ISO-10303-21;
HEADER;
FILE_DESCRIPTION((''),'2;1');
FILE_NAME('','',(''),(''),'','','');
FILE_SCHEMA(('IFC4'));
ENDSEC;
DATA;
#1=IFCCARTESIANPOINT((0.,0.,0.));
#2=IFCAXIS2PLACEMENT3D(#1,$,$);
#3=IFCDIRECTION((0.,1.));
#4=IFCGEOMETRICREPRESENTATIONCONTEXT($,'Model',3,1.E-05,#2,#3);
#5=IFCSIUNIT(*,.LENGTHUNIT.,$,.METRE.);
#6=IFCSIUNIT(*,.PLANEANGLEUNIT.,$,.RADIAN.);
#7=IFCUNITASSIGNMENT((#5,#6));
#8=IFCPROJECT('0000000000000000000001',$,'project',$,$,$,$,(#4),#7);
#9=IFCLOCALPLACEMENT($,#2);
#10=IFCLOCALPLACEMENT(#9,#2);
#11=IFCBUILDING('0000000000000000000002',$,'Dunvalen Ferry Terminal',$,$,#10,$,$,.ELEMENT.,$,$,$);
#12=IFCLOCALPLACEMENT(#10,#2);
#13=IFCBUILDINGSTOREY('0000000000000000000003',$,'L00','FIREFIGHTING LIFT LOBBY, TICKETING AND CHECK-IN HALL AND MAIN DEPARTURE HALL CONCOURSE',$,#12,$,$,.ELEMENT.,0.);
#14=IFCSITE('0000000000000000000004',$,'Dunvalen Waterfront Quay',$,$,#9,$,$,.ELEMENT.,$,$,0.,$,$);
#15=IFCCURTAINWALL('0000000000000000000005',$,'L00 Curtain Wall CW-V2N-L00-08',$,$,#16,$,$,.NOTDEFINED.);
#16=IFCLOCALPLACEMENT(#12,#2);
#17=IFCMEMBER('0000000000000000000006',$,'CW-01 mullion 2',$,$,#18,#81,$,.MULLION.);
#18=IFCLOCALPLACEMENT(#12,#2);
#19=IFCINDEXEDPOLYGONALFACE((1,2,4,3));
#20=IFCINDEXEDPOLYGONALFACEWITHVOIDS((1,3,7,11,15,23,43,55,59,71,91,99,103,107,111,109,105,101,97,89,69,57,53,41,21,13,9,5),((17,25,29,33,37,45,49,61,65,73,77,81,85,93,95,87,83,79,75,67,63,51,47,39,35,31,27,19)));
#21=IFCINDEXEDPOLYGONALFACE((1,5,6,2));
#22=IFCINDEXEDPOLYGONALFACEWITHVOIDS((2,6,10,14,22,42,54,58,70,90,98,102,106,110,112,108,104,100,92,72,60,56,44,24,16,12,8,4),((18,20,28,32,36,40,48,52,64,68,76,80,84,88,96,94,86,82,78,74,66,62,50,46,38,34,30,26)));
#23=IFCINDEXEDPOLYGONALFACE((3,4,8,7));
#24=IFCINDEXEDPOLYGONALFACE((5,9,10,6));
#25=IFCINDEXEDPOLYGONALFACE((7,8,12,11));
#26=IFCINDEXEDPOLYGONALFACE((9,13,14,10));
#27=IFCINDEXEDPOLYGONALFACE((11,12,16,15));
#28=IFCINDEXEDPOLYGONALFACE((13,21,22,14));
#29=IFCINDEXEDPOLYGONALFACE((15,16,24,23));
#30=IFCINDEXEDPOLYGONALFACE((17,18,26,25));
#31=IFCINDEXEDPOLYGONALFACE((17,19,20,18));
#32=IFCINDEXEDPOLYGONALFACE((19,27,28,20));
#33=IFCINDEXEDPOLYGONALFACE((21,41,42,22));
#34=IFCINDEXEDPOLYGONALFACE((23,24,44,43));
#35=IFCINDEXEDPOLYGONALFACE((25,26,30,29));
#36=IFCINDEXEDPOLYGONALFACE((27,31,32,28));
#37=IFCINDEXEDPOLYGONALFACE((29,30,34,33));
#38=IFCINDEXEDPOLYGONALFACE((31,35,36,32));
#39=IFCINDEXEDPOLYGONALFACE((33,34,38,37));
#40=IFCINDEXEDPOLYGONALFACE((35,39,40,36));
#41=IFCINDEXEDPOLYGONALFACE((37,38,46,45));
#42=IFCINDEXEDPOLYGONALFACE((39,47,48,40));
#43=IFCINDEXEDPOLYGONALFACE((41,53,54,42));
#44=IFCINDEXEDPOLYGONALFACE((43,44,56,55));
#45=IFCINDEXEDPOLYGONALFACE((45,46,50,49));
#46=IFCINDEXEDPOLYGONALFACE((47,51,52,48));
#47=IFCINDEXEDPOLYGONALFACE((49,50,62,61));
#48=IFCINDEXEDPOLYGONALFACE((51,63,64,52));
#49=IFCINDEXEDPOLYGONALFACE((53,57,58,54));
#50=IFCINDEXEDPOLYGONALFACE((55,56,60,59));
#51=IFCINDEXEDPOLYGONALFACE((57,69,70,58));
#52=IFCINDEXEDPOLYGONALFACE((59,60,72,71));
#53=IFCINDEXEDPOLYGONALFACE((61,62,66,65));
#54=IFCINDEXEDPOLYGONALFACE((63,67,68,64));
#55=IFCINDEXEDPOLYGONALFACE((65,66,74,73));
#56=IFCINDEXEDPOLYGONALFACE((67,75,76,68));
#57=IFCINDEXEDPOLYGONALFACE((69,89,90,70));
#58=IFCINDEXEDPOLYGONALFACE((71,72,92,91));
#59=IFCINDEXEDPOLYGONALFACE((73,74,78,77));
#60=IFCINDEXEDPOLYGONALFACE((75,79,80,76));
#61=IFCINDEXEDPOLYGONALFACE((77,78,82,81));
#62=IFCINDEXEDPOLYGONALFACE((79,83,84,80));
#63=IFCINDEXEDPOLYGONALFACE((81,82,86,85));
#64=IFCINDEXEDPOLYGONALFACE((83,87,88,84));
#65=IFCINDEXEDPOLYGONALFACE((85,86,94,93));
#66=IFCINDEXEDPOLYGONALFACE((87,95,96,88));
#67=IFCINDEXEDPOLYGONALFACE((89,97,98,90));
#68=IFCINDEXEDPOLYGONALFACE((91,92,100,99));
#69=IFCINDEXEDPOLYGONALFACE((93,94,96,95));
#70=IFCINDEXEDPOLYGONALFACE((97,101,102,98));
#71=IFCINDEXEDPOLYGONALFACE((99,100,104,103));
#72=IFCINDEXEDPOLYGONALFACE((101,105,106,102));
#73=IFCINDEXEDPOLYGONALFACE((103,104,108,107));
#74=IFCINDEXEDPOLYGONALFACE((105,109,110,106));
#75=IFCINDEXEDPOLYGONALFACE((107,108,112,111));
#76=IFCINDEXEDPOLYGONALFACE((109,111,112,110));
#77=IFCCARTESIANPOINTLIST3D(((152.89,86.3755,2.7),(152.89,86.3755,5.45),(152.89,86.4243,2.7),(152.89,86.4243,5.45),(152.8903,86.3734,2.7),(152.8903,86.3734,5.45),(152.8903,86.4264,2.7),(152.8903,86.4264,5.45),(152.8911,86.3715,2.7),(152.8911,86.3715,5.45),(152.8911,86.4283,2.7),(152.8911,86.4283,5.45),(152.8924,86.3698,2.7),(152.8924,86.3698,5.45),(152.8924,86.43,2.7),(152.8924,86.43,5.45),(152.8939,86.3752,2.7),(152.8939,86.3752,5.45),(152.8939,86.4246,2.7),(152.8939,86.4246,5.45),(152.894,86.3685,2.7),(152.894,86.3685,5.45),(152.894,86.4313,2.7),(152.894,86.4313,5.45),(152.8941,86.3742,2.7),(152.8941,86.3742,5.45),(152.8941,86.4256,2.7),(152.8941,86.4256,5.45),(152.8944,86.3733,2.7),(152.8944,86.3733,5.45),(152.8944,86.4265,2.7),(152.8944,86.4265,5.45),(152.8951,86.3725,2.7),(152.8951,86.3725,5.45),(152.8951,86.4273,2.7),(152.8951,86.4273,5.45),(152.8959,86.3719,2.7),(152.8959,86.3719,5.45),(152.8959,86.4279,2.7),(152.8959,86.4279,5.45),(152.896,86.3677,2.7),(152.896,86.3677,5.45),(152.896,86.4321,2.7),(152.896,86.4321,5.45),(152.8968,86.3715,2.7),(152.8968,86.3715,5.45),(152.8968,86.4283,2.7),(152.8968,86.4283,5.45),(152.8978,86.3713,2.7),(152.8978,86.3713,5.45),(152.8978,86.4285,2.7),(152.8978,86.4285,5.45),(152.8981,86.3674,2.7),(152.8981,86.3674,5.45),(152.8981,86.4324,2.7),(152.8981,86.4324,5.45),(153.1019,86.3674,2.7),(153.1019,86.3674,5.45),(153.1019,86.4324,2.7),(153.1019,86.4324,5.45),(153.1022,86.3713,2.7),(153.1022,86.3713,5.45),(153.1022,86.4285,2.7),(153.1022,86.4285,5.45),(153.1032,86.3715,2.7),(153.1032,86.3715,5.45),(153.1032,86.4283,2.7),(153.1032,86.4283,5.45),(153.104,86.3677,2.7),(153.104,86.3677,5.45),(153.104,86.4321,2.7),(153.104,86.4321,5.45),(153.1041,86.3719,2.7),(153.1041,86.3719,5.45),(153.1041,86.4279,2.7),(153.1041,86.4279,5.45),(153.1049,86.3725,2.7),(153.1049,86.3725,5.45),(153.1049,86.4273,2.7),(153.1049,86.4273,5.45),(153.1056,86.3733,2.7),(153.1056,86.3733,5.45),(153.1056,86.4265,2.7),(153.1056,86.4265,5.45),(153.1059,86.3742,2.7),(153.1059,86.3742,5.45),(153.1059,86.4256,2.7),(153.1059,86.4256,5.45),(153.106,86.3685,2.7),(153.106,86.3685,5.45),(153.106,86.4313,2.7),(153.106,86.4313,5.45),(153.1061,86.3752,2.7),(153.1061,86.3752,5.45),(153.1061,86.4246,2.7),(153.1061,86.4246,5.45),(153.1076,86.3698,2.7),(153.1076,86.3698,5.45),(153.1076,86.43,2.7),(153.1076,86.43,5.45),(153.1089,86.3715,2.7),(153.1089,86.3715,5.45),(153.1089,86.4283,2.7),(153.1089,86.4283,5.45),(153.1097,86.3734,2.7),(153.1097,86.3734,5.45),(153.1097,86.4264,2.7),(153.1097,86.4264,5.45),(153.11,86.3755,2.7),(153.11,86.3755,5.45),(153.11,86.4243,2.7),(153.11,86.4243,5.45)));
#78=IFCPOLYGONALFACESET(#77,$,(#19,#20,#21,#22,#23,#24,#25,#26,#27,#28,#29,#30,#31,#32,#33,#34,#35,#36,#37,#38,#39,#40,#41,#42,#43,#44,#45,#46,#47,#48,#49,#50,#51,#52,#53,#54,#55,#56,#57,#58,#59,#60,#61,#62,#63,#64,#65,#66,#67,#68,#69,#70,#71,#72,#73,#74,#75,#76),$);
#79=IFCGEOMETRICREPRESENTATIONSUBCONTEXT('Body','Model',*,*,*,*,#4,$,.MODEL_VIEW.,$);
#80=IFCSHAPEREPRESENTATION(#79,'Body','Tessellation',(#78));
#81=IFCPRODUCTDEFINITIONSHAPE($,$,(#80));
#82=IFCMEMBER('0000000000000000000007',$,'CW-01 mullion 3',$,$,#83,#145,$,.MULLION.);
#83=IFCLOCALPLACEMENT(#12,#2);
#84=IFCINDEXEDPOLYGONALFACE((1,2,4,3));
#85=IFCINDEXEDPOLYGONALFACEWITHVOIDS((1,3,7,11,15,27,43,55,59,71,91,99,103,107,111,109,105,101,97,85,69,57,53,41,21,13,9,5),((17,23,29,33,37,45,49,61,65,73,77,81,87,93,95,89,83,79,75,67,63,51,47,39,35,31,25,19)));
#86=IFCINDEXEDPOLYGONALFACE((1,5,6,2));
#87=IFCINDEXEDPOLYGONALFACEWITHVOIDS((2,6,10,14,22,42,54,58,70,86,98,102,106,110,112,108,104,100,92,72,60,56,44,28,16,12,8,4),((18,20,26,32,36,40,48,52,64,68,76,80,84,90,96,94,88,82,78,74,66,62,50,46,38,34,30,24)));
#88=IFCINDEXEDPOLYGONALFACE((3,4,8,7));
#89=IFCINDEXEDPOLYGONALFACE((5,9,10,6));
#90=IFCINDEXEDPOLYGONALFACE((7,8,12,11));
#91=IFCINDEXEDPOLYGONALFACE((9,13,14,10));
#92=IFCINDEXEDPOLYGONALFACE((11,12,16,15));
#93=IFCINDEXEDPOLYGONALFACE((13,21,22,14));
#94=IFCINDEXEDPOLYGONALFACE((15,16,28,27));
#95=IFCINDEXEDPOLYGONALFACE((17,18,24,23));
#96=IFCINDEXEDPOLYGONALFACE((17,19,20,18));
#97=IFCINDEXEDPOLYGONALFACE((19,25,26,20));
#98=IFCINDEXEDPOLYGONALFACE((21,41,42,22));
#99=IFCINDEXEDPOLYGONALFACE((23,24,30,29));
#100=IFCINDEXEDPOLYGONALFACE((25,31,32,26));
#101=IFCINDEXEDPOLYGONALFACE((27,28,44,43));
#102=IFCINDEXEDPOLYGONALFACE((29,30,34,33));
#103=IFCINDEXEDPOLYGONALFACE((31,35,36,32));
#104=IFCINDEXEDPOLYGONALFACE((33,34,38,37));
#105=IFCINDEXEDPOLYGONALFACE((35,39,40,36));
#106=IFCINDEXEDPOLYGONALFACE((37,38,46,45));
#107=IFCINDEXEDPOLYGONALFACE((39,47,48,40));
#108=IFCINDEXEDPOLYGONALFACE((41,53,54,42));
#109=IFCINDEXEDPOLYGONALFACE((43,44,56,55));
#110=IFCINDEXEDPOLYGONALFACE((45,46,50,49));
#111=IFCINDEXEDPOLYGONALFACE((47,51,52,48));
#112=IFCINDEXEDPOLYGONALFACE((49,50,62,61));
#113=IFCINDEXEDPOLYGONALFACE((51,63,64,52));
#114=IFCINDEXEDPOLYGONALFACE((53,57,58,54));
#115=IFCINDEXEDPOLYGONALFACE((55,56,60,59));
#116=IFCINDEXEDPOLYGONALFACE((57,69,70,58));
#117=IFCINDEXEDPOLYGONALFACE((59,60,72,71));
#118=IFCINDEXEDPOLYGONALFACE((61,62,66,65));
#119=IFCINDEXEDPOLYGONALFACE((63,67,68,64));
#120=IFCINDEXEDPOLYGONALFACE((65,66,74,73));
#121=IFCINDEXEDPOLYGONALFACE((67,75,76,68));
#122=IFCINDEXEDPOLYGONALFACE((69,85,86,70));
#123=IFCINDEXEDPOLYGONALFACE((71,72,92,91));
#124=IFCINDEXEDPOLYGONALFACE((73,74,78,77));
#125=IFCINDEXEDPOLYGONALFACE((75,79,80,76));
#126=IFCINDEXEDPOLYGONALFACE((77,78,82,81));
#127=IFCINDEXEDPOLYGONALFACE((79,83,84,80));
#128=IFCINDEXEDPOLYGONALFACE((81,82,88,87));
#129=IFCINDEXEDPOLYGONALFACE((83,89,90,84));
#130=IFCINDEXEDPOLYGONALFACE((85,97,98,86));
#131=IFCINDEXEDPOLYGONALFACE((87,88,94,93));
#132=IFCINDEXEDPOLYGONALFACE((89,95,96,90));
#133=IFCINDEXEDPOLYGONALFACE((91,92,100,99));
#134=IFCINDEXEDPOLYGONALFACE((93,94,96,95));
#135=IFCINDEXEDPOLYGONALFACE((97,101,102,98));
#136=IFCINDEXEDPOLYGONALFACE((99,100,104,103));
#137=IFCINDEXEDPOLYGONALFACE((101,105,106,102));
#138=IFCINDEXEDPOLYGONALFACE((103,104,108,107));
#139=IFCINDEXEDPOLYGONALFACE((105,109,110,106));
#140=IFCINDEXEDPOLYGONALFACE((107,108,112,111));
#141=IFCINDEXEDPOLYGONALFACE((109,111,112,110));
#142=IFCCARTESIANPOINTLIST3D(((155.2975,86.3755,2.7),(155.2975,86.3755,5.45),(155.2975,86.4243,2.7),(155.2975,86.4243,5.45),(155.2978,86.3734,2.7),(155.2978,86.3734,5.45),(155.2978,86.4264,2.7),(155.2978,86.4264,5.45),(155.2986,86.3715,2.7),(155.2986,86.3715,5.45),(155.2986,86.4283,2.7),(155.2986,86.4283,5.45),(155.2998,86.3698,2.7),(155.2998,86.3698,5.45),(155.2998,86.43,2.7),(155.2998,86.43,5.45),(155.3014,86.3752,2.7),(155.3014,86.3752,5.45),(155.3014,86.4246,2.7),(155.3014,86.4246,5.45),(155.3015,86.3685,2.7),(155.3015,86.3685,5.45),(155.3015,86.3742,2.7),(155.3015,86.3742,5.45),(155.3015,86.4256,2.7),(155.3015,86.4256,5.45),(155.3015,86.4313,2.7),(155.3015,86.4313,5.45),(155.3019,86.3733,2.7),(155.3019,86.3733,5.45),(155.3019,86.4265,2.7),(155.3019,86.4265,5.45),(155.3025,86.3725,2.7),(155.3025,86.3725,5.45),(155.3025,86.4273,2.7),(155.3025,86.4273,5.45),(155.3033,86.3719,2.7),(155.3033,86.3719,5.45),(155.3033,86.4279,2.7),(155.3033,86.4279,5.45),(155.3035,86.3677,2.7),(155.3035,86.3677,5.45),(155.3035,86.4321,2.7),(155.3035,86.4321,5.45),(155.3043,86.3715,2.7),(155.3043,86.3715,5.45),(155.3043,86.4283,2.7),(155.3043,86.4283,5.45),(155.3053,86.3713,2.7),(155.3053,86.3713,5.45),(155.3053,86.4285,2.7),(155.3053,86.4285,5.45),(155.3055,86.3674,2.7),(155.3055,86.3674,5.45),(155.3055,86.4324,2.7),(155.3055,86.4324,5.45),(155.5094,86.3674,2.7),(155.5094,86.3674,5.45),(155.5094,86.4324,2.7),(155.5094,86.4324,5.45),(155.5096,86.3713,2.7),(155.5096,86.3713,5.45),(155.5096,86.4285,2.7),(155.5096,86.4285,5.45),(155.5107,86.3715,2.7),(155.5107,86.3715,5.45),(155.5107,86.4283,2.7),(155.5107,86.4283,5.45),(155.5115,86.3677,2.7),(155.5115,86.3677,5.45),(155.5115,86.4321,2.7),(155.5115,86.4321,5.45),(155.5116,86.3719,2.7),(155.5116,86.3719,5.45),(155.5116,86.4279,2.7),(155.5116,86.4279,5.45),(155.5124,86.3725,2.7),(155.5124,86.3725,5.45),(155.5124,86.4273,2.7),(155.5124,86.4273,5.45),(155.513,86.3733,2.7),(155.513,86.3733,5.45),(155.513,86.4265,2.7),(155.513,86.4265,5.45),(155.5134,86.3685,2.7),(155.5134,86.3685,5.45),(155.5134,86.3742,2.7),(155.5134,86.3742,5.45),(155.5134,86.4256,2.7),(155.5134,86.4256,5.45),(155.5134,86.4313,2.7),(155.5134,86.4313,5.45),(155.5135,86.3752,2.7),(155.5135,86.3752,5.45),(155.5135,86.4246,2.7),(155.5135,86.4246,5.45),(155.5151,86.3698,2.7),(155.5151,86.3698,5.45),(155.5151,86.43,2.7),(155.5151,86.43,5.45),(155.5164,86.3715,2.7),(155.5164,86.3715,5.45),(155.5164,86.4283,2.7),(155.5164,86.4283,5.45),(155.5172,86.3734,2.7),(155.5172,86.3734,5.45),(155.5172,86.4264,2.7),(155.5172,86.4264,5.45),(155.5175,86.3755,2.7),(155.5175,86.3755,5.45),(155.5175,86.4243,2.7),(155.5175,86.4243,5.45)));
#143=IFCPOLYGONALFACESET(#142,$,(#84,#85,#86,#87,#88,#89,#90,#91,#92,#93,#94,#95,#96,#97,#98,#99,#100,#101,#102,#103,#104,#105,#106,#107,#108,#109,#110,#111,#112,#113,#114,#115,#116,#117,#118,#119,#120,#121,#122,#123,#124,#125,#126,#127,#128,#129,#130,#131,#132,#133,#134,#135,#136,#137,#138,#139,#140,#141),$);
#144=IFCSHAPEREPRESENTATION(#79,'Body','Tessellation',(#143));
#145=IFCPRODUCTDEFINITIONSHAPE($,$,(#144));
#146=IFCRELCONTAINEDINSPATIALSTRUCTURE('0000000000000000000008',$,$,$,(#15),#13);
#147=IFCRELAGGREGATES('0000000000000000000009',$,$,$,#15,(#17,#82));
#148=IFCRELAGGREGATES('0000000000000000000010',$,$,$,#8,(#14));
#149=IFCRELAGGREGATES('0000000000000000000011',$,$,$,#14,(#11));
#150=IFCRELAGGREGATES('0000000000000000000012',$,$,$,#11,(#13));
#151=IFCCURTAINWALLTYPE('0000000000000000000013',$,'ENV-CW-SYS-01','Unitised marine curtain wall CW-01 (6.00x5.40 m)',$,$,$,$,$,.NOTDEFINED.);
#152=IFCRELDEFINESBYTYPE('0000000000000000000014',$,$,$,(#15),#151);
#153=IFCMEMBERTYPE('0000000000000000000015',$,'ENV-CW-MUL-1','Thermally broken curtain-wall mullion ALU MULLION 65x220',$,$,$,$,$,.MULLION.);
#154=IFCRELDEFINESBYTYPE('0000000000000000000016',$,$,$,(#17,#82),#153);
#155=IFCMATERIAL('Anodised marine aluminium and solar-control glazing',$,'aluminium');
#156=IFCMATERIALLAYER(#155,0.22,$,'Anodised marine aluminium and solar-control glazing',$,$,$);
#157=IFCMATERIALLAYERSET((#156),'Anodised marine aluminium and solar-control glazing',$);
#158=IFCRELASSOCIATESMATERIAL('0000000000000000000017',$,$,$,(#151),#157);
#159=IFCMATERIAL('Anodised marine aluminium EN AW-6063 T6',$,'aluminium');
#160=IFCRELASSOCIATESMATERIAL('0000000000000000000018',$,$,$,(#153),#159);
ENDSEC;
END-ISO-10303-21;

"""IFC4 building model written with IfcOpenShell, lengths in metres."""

from ifc_helpers import new_model, si_unit, direction, frame, origin, origin_2d, place, context, subcontext, project, spatial, hollow_rectangle, extrude, material, layer, layer_set, material_profile, profile_set, type_object, element, aggregate, save


model = new_model("IFC4")

# Units and contexts
model_context = context("Model", 3, precision=1e-05, world=origin(), true_north=direction((0.0, 1.0)))
body_context = subcontext(model_context, "Body", "Model", "MODEL_VIEW")
ifc_project = project(units=[si_unit("LENGTHUNIT", "METRE"), si_unit("PLANEANGLEUNIT", "RADIAN")], contexts=[model_context])

# Site, building, storey
site_placement = place(None, origin())
site = spatial("IfcSite", under=ifc_project, at=site_placement, Name="Dunvalen Waterfront Quay", CompositionType="ELEMENT", RefElevation=0.0)
building_placement = place(site_placement, origin())
building = spatial("IfcBuilding", under=site, at=building_placement, Name="Dunvalen Ferry Terminal", CompositionType="ELEMENT")
storey_placement = place(building_placement, origin())
storey = spatial("IfcBuildingStorey", under=building, at=storey_placement, Name="L00", Description="FIREFIGHTING LIFT LOBBY, TICKETING AND CHECK-IN HALL AND MAIN DEPARTURE HALL CONCOURSE", CompositionType="ELEMENT", Elevation=0.0)

# Curtain wall, members
ifc_material_1 = material(Name="Anodised marine aluminium and solar-control glazing", Category="aluminium")
ifc_layer_1 = layer(ifc_material_1, 0.22, Name="Anodised marine aluminium and solar-control glazing")
ifc_layer_set_1 = layer_set([ifc_layer_1], Name="Anodised marine aluminium and solar-control glazing")
curtain_wall_type_1 = type_object("IfcCurtainWallType", Name="ENV-CW-SYS-01", Description="Unitised marine curtain wall CW-01 (6.00x5.40 m)", PredefinedType="NOTDEFINED", material=ifc_layer_set_1)
curtain_wall_1_placement = place(storey_placement, origin())
curtain_wall_1 = element("IfcCurtainWall", 1, at=curtain_wall_1_placement, inside=storey, type_object=curtain_wall_type_1, Name="L00 Curtain Wall CW-V2N-L00-08", PredefinedType="NOTDEFINED")
ifc_material_2 = material(Name="Anodised marine aluminium EN AW-6063 T6", Category="aluminium")
ifc_material_profile_1 = material_profile(ifc_material_2, hollow_rectangle(XDim=0.0649, YDim=0.22, WallThickness=0.0039, InnerFilletRadius=0.0039, OuterFilletRadius=0.0081, at=origin_2d()), Name="Anodised marine aluminium EN AW-6063 T6")
ifc_profile_set_1 = profile_set([ifc_material_profile_1], Name="Anodised marine aluminium EN AW-6063 T6")
member_type_1 = type_object("IfcMemberType", Name="ENV-CW-MUL-1", Description="Thermally broken curtain-wall mullion ALU MULLION 65x220", PredefinedType="MULLION", material=ifc_profile_set_1)
member_1_placement = place(storey_placement, frame((153.0, 86.3999, 2.7), z_axis=(0.0, 0.0, 1.0), x_axis=(0.0, 1.0, 0.0)))
member_1 = element("IfcMember", 2, at=member_1_placement, type_object=member_type_1, Name="CW-01 mullion 2", PredefinedType="MULLION", context=body_context, shape_type="SweptSolid", body=[
    extrude(hollow_rectangle(XDim=0.0649, YDim=0.22, WallThickness=0.0039, InnerFilletRadius=0.0039, OuterFilletRadius=0.0081, at=origin_2d()), origin(), (0.0, 0.0, 1.0), 2.75),
])
member_2_placement = place(storey_placement, frame((155.4075, 86.3999, 2.7), z_axis=(0.0, 0.0, 1.0), x_axis=(0.0, 1.0, 0.0)))
member_2 = element("IfcMember", 3, at=member_2_placement, type_object=member_type_1, Name="CW-01 mullion 3", PredefinedType="MULLION", context=body_context, shape_type="SweptSolid", body=[
    extrude(hollow_rectangle(XDim=0.0649, YDim=0.22, WallThickness=0.0039, InnerFilletRadius=0.0039, OuterFilletRadius=0.0081, at=origin_2d()), origin(), (0.0, 0.0, 1.0), 2.75),
])

aggregate(curtain_wall_1, [member_1, member_2])

save(model, "model.ifc")
